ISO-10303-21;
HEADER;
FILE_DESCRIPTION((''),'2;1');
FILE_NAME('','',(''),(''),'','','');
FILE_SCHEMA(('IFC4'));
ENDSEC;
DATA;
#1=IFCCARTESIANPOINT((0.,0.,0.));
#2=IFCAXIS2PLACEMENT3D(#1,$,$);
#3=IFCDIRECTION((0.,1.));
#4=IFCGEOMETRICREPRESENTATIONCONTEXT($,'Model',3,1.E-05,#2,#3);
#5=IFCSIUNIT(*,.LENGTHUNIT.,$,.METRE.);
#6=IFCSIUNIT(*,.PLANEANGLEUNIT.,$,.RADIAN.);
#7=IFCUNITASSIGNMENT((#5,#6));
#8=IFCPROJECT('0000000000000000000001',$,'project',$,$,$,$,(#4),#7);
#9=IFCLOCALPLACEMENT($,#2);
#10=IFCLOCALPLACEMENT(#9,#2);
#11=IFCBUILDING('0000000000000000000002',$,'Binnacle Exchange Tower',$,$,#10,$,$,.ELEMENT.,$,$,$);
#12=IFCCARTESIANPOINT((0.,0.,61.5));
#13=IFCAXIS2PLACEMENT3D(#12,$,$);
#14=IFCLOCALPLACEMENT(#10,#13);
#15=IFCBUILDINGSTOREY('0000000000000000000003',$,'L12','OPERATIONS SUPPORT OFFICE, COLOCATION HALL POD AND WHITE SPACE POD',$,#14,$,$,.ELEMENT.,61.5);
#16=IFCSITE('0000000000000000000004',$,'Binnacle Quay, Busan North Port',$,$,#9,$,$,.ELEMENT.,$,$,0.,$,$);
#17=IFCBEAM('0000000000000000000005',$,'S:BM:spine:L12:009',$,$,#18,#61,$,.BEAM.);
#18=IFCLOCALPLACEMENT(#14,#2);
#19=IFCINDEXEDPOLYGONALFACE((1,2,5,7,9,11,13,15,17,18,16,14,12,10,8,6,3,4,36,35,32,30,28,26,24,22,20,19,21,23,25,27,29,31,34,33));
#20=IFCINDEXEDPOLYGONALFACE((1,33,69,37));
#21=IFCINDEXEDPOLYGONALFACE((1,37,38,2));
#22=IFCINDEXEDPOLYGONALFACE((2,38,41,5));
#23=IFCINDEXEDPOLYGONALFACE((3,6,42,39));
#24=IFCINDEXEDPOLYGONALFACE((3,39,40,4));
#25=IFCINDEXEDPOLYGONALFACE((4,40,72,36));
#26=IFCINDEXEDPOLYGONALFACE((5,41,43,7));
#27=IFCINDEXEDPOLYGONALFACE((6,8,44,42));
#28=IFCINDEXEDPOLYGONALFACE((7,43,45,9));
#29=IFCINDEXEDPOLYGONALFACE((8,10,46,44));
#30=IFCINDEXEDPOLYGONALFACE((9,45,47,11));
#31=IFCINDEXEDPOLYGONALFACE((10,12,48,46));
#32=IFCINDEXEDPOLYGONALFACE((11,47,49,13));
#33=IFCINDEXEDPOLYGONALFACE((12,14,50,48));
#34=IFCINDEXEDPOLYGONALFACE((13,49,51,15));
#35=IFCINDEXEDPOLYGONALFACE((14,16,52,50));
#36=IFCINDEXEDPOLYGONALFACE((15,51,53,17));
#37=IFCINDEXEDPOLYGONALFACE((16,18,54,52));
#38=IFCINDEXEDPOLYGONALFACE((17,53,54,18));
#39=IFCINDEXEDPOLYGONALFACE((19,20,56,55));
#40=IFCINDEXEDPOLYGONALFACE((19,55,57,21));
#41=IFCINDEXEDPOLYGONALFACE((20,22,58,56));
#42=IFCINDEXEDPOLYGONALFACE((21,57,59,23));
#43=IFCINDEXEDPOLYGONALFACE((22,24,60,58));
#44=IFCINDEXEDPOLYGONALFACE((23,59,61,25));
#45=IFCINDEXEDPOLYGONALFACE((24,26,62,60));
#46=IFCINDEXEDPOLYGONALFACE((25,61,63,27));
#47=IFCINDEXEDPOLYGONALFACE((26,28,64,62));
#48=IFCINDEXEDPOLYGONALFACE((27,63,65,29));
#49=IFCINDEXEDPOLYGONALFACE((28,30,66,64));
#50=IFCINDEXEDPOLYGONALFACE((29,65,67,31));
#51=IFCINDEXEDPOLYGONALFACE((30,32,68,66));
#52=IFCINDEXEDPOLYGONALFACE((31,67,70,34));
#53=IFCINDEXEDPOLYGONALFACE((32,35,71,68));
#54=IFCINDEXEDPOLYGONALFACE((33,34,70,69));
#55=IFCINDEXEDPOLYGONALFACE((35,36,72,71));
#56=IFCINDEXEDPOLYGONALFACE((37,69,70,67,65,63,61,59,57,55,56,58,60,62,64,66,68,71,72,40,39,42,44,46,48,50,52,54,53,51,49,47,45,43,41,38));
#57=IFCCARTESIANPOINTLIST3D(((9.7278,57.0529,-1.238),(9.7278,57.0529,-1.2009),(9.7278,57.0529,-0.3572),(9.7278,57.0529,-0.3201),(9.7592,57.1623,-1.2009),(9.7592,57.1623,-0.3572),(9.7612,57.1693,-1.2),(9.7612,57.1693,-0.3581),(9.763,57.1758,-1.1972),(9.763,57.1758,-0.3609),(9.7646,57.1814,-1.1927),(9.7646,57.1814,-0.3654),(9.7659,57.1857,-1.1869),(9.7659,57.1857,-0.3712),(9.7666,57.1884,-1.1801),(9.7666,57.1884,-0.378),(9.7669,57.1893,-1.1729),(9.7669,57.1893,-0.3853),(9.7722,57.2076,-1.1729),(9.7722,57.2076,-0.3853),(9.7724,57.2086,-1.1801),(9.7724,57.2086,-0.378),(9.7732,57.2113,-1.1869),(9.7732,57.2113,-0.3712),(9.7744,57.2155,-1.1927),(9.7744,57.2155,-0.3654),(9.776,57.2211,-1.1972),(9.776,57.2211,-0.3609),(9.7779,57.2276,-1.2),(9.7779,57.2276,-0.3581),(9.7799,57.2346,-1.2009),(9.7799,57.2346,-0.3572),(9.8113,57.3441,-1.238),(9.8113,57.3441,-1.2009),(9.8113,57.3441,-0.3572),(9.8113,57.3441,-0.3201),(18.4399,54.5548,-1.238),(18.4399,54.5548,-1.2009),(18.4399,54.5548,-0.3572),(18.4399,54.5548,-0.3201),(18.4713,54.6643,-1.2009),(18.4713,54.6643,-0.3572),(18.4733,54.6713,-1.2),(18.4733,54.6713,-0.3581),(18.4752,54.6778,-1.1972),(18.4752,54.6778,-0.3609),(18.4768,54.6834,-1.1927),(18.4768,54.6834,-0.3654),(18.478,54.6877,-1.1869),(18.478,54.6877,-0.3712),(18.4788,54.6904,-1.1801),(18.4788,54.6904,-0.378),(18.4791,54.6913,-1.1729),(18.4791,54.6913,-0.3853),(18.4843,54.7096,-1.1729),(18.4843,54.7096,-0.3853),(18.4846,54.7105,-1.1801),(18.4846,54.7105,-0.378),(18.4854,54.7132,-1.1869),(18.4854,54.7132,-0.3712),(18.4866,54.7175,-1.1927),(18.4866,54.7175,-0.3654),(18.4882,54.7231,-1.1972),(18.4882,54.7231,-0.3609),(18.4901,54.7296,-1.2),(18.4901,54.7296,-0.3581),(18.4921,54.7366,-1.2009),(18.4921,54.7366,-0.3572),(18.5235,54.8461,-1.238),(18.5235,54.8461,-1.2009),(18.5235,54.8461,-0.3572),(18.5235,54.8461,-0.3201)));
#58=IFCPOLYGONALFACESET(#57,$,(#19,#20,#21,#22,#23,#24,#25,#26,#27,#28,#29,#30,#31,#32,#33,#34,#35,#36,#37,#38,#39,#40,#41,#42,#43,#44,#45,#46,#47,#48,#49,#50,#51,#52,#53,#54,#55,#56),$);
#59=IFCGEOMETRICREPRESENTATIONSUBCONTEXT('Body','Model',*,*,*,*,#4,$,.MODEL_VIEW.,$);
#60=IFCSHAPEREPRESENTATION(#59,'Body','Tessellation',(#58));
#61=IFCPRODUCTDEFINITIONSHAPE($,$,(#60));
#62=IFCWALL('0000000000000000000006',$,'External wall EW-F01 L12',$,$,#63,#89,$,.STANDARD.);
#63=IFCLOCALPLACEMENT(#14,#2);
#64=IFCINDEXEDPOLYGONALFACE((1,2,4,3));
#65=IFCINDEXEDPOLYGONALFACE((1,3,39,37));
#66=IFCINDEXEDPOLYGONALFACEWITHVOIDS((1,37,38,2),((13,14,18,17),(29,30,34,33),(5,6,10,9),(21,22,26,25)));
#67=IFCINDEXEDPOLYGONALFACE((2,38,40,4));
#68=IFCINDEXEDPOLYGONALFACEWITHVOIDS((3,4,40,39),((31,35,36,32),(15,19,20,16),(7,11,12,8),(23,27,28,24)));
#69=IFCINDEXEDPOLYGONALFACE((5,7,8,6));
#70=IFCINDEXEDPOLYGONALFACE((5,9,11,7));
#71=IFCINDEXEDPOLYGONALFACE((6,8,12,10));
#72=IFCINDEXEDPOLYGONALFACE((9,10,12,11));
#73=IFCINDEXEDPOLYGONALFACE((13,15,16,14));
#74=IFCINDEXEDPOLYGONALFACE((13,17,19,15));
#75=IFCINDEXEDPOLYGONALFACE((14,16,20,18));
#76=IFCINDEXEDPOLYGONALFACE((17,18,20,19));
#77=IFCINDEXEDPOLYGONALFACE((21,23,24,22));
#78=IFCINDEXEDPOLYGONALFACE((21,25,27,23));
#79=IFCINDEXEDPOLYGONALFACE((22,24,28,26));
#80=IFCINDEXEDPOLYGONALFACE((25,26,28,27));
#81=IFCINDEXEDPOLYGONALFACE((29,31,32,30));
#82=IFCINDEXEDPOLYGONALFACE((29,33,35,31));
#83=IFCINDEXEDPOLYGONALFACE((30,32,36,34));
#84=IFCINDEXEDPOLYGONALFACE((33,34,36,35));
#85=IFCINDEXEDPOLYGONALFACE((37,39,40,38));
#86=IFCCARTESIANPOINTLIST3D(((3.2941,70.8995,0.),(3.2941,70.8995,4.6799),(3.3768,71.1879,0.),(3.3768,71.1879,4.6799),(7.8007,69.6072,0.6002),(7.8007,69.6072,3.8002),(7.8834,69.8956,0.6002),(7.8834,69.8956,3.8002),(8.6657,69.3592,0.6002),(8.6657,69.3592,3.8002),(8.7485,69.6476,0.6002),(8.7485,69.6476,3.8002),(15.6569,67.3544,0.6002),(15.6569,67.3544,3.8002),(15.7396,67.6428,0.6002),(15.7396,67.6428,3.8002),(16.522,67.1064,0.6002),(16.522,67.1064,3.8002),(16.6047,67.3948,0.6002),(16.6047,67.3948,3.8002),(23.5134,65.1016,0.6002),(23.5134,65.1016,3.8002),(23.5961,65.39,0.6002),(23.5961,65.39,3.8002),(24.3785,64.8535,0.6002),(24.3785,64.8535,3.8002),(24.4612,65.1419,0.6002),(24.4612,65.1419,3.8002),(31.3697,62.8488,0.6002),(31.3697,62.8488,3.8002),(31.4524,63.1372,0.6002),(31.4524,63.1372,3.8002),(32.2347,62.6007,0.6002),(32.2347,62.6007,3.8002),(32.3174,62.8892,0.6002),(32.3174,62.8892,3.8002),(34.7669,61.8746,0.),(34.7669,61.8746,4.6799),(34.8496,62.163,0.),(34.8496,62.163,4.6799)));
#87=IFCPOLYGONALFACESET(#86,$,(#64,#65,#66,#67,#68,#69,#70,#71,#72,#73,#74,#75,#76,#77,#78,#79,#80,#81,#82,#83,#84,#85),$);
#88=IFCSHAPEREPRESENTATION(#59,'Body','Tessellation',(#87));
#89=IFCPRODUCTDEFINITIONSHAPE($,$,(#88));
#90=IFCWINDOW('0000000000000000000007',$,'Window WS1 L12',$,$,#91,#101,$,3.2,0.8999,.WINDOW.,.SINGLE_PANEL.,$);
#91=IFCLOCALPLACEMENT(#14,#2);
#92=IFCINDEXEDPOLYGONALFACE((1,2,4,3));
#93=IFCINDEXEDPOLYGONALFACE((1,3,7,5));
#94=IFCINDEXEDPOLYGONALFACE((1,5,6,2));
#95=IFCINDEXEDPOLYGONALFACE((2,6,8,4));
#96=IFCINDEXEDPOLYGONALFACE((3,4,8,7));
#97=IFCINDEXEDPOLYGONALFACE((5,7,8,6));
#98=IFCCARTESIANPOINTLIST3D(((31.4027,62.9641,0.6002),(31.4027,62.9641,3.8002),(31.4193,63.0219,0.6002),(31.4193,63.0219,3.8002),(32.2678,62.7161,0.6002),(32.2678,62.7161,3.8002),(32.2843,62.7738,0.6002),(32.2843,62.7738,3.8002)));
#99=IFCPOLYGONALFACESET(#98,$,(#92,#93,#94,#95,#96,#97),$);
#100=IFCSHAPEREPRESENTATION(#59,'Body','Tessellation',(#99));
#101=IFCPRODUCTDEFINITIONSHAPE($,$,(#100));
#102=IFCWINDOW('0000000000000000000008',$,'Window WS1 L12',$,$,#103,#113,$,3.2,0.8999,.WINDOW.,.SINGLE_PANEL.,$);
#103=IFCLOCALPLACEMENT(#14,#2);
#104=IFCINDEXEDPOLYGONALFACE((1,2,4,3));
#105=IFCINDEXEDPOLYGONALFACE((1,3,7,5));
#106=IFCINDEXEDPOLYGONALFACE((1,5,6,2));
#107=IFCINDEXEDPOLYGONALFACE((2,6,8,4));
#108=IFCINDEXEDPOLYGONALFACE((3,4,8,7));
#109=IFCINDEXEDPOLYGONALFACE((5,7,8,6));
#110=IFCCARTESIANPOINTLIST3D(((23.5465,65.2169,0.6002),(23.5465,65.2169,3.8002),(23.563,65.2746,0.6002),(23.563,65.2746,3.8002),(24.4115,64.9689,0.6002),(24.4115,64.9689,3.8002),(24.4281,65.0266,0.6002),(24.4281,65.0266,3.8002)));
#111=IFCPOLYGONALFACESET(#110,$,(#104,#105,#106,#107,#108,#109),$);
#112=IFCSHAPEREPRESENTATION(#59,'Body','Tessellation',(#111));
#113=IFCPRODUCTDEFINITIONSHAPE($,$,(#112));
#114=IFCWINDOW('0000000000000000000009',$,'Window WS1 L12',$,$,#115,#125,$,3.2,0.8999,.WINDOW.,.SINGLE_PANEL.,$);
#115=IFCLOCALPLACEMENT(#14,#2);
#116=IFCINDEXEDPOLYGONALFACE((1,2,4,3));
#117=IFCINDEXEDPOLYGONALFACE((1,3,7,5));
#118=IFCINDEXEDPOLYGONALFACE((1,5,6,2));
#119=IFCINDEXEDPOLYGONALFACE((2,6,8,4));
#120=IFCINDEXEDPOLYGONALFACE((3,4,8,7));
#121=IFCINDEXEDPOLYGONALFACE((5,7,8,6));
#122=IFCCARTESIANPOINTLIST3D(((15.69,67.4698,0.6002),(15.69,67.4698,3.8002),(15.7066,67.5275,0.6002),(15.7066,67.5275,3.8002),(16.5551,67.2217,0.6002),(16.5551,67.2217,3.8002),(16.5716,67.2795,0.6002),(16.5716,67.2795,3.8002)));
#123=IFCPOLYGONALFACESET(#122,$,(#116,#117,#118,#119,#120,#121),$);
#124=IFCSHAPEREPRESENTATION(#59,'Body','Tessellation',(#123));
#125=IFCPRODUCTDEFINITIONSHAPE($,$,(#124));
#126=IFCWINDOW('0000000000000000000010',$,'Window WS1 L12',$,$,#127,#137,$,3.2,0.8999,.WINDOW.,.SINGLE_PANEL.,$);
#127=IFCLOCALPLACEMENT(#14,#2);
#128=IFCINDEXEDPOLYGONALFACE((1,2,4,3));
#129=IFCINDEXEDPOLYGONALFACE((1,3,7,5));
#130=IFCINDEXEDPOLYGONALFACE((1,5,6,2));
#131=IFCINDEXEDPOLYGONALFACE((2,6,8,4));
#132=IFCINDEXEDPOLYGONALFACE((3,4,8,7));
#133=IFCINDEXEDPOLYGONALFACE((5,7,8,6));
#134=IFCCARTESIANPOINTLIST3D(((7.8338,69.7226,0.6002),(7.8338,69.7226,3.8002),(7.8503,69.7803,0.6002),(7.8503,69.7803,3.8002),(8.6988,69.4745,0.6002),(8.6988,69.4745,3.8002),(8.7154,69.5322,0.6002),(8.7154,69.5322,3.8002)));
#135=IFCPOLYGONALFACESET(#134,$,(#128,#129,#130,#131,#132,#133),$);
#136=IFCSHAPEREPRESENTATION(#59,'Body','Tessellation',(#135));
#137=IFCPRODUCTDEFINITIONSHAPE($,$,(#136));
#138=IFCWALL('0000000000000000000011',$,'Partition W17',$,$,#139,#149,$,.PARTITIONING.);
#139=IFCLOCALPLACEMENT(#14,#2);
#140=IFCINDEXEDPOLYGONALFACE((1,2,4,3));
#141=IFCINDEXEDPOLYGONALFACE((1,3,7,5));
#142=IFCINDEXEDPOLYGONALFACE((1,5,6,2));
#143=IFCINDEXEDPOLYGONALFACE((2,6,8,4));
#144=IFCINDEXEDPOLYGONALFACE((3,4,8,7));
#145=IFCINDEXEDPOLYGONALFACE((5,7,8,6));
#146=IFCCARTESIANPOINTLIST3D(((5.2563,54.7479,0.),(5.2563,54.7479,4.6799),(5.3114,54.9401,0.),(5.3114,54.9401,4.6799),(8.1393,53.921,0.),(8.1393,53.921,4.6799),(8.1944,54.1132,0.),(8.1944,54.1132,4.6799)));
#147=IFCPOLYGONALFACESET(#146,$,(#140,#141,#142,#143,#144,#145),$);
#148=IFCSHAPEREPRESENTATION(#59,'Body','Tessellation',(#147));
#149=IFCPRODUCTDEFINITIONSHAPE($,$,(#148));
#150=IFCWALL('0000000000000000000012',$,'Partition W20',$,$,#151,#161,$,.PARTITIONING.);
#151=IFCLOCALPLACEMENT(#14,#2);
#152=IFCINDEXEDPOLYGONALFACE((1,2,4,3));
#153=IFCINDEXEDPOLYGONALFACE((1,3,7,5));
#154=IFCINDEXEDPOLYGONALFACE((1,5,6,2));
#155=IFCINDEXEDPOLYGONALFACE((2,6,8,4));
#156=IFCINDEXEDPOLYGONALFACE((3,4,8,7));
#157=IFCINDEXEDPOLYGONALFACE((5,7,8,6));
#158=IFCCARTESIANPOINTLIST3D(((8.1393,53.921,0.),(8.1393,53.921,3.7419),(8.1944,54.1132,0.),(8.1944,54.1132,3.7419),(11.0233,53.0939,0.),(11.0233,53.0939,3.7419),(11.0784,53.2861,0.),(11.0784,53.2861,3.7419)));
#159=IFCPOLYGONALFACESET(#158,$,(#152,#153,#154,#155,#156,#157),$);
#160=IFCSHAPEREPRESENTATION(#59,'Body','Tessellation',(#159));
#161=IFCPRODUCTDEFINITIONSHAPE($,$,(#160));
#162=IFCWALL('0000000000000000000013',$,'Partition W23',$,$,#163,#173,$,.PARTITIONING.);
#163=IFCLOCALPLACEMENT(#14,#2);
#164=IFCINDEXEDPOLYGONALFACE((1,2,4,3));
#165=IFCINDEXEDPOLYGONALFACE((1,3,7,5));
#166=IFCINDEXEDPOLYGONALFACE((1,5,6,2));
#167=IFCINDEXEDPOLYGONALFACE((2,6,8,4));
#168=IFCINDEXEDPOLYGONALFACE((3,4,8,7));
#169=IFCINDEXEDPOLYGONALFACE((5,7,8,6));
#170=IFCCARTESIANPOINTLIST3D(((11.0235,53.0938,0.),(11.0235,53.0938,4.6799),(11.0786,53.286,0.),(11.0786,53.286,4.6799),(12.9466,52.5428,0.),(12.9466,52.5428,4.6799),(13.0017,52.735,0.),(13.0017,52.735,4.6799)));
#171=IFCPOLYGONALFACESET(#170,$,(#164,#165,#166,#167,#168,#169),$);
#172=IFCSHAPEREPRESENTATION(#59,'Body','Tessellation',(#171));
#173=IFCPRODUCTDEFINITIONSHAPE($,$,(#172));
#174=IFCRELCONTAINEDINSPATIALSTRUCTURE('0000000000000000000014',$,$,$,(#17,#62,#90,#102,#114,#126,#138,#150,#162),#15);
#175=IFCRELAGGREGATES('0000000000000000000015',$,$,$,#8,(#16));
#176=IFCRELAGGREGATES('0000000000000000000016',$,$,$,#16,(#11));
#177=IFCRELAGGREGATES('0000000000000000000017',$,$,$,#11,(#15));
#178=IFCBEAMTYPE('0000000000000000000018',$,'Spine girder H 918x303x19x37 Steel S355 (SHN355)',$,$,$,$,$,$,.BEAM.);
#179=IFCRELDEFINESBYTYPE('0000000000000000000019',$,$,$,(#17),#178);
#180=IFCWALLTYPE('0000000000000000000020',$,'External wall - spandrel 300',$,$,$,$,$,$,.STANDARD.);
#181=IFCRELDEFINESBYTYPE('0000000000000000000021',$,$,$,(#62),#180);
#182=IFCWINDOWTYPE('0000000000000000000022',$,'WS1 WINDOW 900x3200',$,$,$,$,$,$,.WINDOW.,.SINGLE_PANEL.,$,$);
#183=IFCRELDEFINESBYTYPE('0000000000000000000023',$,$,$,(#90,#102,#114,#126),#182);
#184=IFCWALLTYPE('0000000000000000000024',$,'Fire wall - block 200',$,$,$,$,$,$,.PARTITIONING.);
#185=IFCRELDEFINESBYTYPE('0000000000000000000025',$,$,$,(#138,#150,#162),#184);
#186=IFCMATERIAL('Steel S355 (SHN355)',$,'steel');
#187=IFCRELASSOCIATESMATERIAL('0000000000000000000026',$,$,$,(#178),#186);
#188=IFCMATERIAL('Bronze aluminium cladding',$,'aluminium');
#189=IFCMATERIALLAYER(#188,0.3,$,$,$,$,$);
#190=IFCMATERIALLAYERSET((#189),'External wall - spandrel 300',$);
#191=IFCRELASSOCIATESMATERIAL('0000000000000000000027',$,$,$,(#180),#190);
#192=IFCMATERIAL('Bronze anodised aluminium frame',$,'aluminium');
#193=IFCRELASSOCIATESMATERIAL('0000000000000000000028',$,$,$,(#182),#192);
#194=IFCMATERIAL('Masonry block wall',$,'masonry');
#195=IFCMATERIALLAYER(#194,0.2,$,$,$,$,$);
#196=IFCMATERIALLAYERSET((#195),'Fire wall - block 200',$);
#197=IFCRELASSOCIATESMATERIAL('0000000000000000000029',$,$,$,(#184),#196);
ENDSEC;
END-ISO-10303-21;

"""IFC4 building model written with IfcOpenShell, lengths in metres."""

from ifc_helpers import new_model, si_unit, direction, frame, frame_2d, origin, origin_2d, place, context, subcontext, project, spatial, rectangle, i_section, extrude, material, layer, layer_set, material_profile, profile_set, type_object, element, fill, save


model = new_model("IFC4")

# Units and contexts
model_context = context("Model", 3, precision=1e-05, world=origin(), true_north=direction((0.0, 1.0)))
body_context = subcontext(model_context, "Body", "Model", "MODEL_VIEW")
ifc_project = project(units=[si_unit("LENGTHUNIT", "METRE"), si_unit("PLANEANGLEUNIT", "RADIAN")], contexts=[model_context])

# Site, building, storey
site_placement = place(None, origin())
site = spatial("IfcSite", under=ifc_project, at=site_placement, Name="Binnacle Quay, Busan North Port", CompositionType="ELEMENT", RefElevation=0.0)
building_placement = place(site_placement, origin())
building = spatial("IfcBuilding", under=site, at=building_placement, Name="Binnacle Exchange Tower", CompositionType="ELEMENT")
storey_placement = place(building_placement, frame((0.0, 0.0, 61.5)))
storey = spatial("IfcBuildingStorey", under=building, at=storey_placement, Name="L12", Description="OPERATIONS SUPPORT OFFICE, COLOCATION HALL POD AND WHITE SPACE POD", CompositionType="ELEMENT", Elevation=61.5)

# Beam
ifc_material_1 = material(Name="Steel S355 (SHN355)", Category="steel")
ifc_material_profile_1 = material_profile(ifc_material_1, i_section(OverallWidth=0.303, OverallDepth=0.918, WebThickness=0.019, FlangeThickness=0.0371, FilletRadius=0.0281, at=origin_2d()), Name="H 918x303x19x37")
ifc_profile_set_1 = profile_set([ifc_material_profile_1], Name="Steel S355 (SHN355)")
beam_type_1 = type_object("IfcBeamType", Name="Spine girder H 918x303x19x37 Steel S355 (SHN355)", PredefinedType="BEAM", material=ifc_profile_set_1)
beam_1_placement = place(storey_placement, frame((9.7695, 57.1985, -0.7791), z_axis=(0.961265, -0.275625, 0.0), x_axis=(0.275625, 0.961265, 0.0)))
element("IfcBeam", 1, at=beam_1_placement, inside=storey, type_object=beam_type_1, Name="S:BM:spine:L12:009", PredefinedType="BEAM", context=body_context, shape_type="SweptSolid", body=[
    extrude(i_section(OverallWidth=0.303, OverallDepth=0.918, WebThickness=0.019, FlangeThickness=0.0371, FilletRadius=0.0281, at=origin_2d()), origin(), (0.0, 0.0, 1.0), 9.0632),
])

# Wall, openings, windows
ifc_material_2 = material(Name="Bronze aluminium cladding", Category="aluminium")
ifc_layer_1 = layer(ifc_material_2, 0.3)
ifc_layer_set_1 = layer_set([ifc_layer_1], Name="External wall - spandrel 300")
wall_type_1 = type_object("IfcWallType", Name="External wall - spandrel 300", PredefinedType="STANDARD", material=ifc_layer_set_1)
wall_1_placement = place(storey_placement, frame((3.3354, 71.0437, 0.0), z_axis=(0.0, 0.0, 1.0), x_axis=(0.96126, -0.275643, 0.0)))
wall_1 = element("IfcWall", 2, at=wall_1_placement, inside=storey, type_object=wall_type_1, Name="External wall EW-F01 L12", PredefinedType="STANDARD", context=body_context, shape_type="SweptSolid", body=[
    extrude(rectangle(XDim=32.7412, YDim=0.3, at=frame_2d((16.3706, 0.0))), origin(), (0.0, 0.0, 1.0), 4.6799),
])
opening_1_placement = place(wall_1_placement, frame((29.207, 0.0, 0.6001)))
opening_1 = element("IfcOpeningElement", 3, at=opening_1_placement, cuts=wall_1, PredefinedType="OPENING", context=body_context, shape_type="SweptSolid", body=[
    extrude(rectangle(XDim=0.8999, YDim=3.2, at=frame_2d((0.45, 1.6001))), frame((0.0, 0.1599, 0.0), z_axis=(0.0, -1.0, 0.0), x_axis=(1.0, 0.0, 0.0)), (0.0, 0.0, 1.0), 0.3201),
])
opening_2_placement = place(wall_1_placement, frame((21.0342, 0.0, 0.6001)))
opening_2 = element("IfcOpeningElement", 4, at=opening_2_placement, cuts=wall_1, PredefinedType="OPENING", context=body_context, shape_type="SweptSolid", body=[
    extrude(rectangle(XDim=0.8999, YDim=3.2, at=frame_2d((0.45, 1.6001))), frame((0.0, 0.1599, 0.0), z_axis=(0.0, -1.0, 0.0), x_axis=(1.0, 0.0, 0.0)), (0.0, 0.0, 1.0), 0.3201),
])
opening_3_placement = place(wall_1_placement, frame((12.8611, 0.0, 0.6001)))
opening_3 = element("IfcOpeningElement", 5, at=opening_3_placement, cuts=wall_1, PredefinedType="OPENING", context=body_context, shape_type="SweptSolid", body=[
    extrude(rectangle(XDim=0.8999, YDim=3.2, at=frame_2d((0.45, 1.6001))), frame((0.0, 0.1599, 0.0), z_axis=(0.0, -1.0, 0.0), x_axis=(1.0, 0.0, 0.0)), (0.0, 0.0, 1.0), 0.3201),
])
opening_4_placement = place(wall_1_placement, frame((4.6882, 0.0, 0.6001)))
opening_4 = element("IfcOpeningElement", 6, at=opening_4_placement, cuts=wall_1, PredefinedType="OPENING", context=body_context, shape_type="SweptSolid", body=[
    extrude(rectangle(XDim=0.8999, YDim=3.2, at=frame_2d((0.45, 1.6001))), frame((0.0, 0.1599, 0.0), z_axis=(0.0, -1.0, 0.0), x_axis=(1.0, 0.0, 0.0)), (0.0, 0.0, 1.0), 0.3201),
])
ifc_material_3 = material(Name="Bronze anodised aluminium frame", Category="aluminium")
window_type = type_object("IfcWindowType", Name="WS1 WINDOW 900x3200", PartitioningType="SINGLE_PANEL", PredefinedType="WINDOW", material=ifc_material_3)
window_1_placement = place(opening_1_placement, origin())
window_1 = element("IfcWindow", 7, at=window_1_placement, inside=storey, type_object=window_type, Name="Window WS1 L12", OverallHeight=3.2, OverallWidth=0.8999, PartitioningType="SINGLE_PANEL", PredefinedType="WINDOW", context=body_context, shape_type="SweptSolid", body=[
    extrude(rectangle(XDim=0.8999, YDim=3.2, at=frame_2d((0.45, 1.6001))), frame((0.0, 0.03, 0.0), z_axis=(0.0, -1.0, 0.0), x_axis=(1.0, 0.0, 0.0)), (0.0, 0.0, 1.0), 0.0601),
])
fill(opening_1, window_1)
window_2_placement = place(opening_2_placement, origin())
window_2 = element("IfcWindow", 8, at=window_2_placement, inside=storey, type_object=window_type, Name="Window WS1 L12", OverallHeight=3.2, OverallWidth=0.8999, PartitioningType="SINGLE_PANEL", PredefinedType="WINDOW", context=body_context, shape_type="SweptSolid", body=[
    extrude(rectangle(XDim=0.8999, YDim=3.2, at=frame_2d((0.45, 1.6001))), frame((0.0, 0.03, 0.0), z_axis=(0.0, -1.0, 0.0), x_axis=(1.0, 0.0, 0.0)), (0.0, 0.0, 1.0), 0.0601),
])
fill(opening_2, window_2)
window_3_placement = place(opening_3_placement, origin())
window_3 = element("IfcWindow", 9, at=window_3_placement, inside=storey, type_object=window_type, Name="Window WS1 L12", OverallHeight=3.2, OverallWidth=0.8999, PartitioningType="SINGLE_PANEL", PredefinedType="WINDOW", context=body_context, shape_type="SweptSolid", body=[
    extrude(rectangle(XDim=0.8999, YDim=3.2, at=frame_2d((0.45, 1.6001))), frame((0.0, 0.03, 0.0), z_axis=(0.0, -1.0, 0.0), x_axis=(1.0, 0.0, 0.0)), (0.0, 0.0, 1.0), 0.0601),
])
fill(opening_3, window_3)
window_4_placement = place(opening_4_placement, origin())
window_4 = element("IfcWindow", 10, at=window_4_placement, inside=storey, type_object=window_type, Name="Window WS1 L12", OverallHeight=3.2, OverallWidth=0.8999, PartitioningType="SINGLE_PANEL", PredefinedType="WINDOW", context=body_context, shape_type="SweptSolid", body=[
    extrude(rectangle(XDim=0.8999, YDim=3.2, at=frame_2d((0.45, 1.6001))), frame((0.0, 0.03, 0.0), z_axis=(0.0, -1.0, 0.0), x_axis=(1.0, 0.0, 0.0)), (0.0, 0.0, 1.0), 0.0601),
])
fill(opening_4, window_4)

# Walls
ifc_material_4 = material(Name="Masonry block wall", Category="masonry")
ifc_layer_2 = layer(ifc_material_4, 0.2)
ifc_layer_set_2 = layer_set([ifc_layer_2], Name="Fire wall - block 200")
wall_type_2 = type_object("IfcWallType", Name="Fire wall - block 200", PredefinedType="PARTITIONING", material=ifc_layer_set_2)
wall_2_placement = place(storey_placement, frame((5.2839, 54.844, 0.0), z_axis=(0.0, 0.0, 1.0), x_axis=(0.961244, -0.275699, 0.0)))
element("IfcWall", 11, at=wall_2_placement, inside=storey, type_object=wall_type_2, Name="Partition W17", PredefinedType="PARTITIONING", context=body_context, shape_type="SweptSolid", body=[
    extrude(rectangle(XDim=2.9993, YDim=0.2, at=frame_2d((1.4995, 0.0))), origin(), (0.0, 0.0, 1.0), 4.6799),
])
wall_3_placement = place(storey_placement, frame((8.167, 54.0171, 0.0), z_axis=(0.0, 0.0, 1.0), x_axis=(0.961247, -0.275688, 0.0)))
element("IfcWall", 12, at=wall_3_placement, inside=storey, type_object=wall_type_2, Name="Partition W20", PredefinedType="PARTITIONING", context=body_context, shape_type="SweptSolid", body=[
    extrude(rectangle(XDim=3.0002, YDim=0.2, at=frame_2d((1.5, 0.0))), origin(), (0.0, 0.0, 1.0), 3.7419),
])
wall_4_placement = place(storey_placement, frame((11.051, 53.1899, 0.0), z_axis=(0.0, 0.0, 1.0), x_axis=(0.961316, -0.275446, 0.0)))
element("IfcWall", 13, at=wall_4_placement, inside=storey, type_object=wall_type_2, Name="Partition W23", PredefinedType="PARTITIONING", context=body_context, shape_type="SweptSolid", body=[
    extrude(rectangle(XDim=2.0005, YDim=0.2, at=frame_2d((1.0002, 0.0))), origin(), (0.0, 0.0, 1.0), 4.6799),
])

save(model, "model.ifc")
